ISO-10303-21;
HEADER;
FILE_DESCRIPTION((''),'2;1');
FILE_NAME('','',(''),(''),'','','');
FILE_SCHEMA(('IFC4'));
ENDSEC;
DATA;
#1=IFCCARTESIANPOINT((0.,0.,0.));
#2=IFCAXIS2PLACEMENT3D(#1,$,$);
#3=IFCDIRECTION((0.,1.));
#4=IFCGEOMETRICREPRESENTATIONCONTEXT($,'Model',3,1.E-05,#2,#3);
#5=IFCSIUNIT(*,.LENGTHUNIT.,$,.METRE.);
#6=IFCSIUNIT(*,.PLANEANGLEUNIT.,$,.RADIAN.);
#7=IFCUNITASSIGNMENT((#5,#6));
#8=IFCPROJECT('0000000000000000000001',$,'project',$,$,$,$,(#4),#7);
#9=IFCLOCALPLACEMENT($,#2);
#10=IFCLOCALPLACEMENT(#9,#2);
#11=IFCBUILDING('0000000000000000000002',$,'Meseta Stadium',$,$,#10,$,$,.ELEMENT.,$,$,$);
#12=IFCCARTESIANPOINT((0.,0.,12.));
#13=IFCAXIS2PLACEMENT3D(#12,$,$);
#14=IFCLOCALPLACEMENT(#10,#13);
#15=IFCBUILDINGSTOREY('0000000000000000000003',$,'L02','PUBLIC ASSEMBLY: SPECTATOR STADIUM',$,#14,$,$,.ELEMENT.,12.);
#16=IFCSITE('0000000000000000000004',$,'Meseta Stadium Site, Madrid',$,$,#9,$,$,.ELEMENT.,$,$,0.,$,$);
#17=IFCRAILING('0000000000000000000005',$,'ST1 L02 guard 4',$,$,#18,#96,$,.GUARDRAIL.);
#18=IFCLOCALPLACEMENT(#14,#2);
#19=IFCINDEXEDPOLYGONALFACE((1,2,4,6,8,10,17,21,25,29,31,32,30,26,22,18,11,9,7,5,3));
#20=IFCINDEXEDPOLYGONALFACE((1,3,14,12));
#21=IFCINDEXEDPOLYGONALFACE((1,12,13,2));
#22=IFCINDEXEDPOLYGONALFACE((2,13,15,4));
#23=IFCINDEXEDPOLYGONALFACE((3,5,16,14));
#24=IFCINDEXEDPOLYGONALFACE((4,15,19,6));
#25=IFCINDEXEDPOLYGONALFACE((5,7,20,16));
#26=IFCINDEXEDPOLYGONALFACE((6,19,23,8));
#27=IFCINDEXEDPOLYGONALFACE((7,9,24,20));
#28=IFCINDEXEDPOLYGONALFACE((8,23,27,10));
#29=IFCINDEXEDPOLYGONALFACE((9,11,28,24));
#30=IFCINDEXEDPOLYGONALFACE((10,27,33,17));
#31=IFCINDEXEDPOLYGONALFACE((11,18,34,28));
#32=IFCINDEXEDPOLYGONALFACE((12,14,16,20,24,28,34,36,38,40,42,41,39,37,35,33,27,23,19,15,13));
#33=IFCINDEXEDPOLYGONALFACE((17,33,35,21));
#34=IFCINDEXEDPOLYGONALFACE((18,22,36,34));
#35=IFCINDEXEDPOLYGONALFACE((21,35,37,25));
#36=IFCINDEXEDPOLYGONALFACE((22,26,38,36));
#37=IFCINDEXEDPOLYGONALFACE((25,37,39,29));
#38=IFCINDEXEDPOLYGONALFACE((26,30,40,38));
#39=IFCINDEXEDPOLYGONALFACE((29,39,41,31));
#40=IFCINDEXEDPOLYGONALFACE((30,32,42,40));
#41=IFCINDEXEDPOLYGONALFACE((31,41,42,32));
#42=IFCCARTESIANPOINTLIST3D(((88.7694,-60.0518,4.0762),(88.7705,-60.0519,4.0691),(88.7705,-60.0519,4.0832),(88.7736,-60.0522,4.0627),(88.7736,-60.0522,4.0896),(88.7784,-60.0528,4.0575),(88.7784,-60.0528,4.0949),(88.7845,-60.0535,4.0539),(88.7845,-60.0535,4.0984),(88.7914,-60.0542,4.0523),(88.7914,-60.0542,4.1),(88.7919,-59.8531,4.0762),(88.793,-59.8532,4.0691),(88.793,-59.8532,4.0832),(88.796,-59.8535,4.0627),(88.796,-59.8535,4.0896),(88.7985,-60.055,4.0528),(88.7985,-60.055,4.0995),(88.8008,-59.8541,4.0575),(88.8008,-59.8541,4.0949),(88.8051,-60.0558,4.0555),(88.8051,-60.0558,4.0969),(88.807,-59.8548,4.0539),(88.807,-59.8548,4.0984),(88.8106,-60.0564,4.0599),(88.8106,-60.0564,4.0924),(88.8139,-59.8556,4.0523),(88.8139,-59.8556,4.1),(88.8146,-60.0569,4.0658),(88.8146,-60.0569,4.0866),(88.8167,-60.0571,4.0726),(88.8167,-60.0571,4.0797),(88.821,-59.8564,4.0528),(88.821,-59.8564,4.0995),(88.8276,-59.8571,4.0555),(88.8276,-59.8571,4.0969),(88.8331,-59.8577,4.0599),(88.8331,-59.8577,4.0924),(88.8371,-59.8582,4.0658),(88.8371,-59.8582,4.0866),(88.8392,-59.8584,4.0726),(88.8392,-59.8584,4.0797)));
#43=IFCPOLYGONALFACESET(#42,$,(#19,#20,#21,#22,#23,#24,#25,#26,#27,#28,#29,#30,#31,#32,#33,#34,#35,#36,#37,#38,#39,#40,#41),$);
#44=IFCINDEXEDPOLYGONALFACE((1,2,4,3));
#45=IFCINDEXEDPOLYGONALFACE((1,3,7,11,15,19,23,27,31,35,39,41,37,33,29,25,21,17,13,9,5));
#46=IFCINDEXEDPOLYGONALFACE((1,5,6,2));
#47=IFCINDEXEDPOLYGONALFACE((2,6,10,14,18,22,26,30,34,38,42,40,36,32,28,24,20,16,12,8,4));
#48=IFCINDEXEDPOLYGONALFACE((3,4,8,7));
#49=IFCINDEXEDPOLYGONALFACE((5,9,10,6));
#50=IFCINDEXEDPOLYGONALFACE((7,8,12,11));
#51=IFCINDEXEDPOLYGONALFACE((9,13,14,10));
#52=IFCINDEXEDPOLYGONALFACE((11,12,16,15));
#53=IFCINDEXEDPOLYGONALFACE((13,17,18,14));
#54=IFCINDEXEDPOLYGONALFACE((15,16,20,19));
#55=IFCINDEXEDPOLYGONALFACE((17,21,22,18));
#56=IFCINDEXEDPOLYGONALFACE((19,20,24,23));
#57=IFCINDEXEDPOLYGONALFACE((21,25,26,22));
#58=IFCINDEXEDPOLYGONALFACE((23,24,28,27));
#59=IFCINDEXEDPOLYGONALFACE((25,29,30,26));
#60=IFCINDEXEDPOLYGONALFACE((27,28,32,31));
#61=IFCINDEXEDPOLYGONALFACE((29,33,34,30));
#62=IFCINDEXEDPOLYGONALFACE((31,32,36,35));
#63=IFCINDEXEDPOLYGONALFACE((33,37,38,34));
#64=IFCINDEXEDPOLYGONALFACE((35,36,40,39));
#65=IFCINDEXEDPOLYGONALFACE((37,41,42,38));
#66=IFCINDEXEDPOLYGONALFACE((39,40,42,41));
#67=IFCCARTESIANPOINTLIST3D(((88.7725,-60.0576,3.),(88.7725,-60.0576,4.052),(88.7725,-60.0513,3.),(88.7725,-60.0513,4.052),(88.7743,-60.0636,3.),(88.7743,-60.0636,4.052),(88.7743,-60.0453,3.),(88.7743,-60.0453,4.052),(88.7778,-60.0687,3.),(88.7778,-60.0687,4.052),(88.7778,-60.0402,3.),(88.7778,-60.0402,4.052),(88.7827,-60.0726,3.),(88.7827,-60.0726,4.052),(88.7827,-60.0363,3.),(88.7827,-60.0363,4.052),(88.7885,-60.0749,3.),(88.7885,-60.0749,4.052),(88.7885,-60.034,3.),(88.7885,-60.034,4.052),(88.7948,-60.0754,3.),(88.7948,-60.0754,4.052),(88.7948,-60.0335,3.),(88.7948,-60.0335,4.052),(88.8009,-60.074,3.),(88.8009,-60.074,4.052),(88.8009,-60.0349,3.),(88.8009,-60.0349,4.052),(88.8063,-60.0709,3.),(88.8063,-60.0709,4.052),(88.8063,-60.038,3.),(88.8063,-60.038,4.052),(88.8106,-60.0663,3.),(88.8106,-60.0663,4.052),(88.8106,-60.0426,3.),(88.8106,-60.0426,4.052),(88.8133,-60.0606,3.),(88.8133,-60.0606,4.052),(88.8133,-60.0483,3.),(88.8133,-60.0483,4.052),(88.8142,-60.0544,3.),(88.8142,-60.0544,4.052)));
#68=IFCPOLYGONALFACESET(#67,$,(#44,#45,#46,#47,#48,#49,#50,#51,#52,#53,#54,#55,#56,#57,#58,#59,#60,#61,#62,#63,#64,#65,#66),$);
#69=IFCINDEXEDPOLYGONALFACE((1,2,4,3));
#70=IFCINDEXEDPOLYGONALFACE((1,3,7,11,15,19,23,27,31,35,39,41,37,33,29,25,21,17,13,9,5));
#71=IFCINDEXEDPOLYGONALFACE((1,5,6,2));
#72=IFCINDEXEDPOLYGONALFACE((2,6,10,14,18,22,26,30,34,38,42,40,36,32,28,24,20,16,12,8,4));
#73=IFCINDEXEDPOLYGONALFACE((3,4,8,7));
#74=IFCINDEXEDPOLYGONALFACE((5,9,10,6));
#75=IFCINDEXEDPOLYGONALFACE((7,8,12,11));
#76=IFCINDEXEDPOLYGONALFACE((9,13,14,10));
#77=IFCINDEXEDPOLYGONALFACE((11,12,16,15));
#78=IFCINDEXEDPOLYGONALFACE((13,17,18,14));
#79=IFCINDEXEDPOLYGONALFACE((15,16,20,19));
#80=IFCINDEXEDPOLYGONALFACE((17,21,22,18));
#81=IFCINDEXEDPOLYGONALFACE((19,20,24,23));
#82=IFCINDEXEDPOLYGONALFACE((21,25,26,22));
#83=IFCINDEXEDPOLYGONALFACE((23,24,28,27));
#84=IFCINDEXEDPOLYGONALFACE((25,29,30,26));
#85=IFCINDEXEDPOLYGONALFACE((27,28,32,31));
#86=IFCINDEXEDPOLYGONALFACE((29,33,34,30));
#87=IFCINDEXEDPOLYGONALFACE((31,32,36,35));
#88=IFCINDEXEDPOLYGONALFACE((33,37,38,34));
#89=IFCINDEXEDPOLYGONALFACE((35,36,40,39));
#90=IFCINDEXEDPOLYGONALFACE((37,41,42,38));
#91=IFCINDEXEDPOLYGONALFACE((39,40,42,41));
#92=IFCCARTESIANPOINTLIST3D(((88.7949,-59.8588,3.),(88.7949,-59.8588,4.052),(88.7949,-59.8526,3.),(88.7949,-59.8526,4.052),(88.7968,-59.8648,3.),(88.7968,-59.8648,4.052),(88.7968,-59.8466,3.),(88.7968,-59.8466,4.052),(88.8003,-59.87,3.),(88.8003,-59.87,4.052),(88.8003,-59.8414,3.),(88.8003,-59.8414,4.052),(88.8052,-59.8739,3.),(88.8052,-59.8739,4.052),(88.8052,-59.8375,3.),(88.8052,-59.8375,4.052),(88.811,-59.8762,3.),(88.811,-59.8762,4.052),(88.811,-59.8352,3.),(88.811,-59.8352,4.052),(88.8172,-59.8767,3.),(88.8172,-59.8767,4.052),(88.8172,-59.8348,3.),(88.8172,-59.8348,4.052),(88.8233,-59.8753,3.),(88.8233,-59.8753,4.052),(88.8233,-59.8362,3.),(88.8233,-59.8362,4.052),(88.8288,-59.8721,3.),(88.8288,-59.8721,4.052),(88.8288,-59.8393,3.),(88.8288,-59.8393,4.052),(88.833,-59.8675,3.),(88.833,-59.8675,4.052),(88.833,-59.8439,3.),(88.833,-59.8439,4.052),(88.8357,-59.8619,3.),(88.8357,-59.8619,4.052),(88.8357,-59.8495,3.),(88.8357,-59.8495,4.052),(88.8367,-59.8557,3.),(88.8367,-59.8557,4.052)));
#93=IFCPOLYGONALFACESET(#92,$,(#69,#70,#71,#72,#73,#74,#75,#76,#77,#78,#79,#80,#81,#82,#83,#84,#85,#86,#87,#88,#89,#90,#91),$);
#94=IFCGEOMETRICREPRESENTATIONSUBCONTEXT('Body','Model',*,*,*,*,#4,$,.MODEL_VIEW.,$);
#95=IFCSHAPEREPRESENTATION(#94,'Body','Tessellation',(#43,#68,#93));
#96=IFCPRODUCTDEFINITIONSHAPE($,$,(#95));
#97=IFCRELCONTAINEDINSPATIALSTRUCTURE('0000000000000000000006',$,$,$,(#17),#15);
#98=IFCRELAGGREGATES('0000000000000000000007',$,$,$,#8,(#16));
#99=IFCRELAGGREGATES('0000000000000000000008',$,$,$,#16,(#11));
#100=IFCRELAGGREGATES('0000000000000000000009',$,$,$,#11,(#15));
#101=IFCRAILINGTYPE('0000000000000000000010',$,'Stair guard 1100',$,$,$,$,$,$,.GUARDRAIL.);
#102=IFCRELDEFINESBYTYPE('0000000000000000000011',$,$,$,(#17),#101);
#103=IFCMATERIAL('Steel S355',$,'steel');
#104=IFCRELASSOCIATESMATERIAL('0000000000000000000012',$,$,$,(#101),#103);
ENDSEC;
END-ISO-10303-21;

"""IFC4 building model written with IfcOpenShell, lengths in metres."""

from ifc_helpers import new_model, si_unit, direction, frame, origin, origin_2d, place, context, subcontext, project, spatial, circle, extrude, material, type_object, element, save


model = new_model("IFC4")

# Units and contexts
model_context = context("Model", 3, precision=1e-05, world=origin(), true_north=direction((0.0, 1.0)))
body_context = subcontext(model_context, "Body", "Model", "MODEL_VIEW")
ifc_project = project(units=[si_unit("LENGTHUNIT", "METRE"), si_unit("PLANEANGLEUNIT", "RADIAN")], contexts=[model_context])

# Site, building, storey
site_placement = place(None, origin())
site = spatial("IfcSite", under=ifc_project, at=site_placement, Name="Meseta Stadium Site, Madrid", CompositionType="ELEMENT", RefElevation=0.0)
building_placement = place(site_placement, origin())
building = spatial("IfcBuilding", under=site, at=building_placement, Name="Meseta Stadium", CompositionType="ELEMENT")
storey_placement = place(building_placement, frame((0.0, 0.0, 12.0)))
storey = spatial("IfcBuildingStorey", under=building, at=storey_placement, Name="L02", Description="PUBLIC ASSEMBLY: SPECTATOR STADIUM", CompositionType="ELEMENT", Elevation=12.0)

# Railing
ifc_material_1 = material(Name="Steel S355", Category="steel")
railing_type_1 = type_object("IfcRailingType", Name="Stair guard 1100", PredefinedType="GUARDRAIL", material=ifc_material_1)
railing_1_placement = place(storey_placement, frame((88.7932, -60.0544, 3.0)))
element("IfcRailing", 1, at=railing_1_placement, inside=storey, type_object=railing_type_1, Name="ST1 L02 guard 4", PredefinedType="GUARDRAIL", context=body_context, shape_type="SweptSolid", body=[
    extrude(circle(Radius=0.0239, at=origin_2d()), frame((0.0, 0.0, 1.0762), z_axis=(0.112307, 0.993674, 0.0), x_axis=(-0.993674, 0.112307, 0.0)), (0.0, 0.0, 1.0), 0.2),
    extrude(circle(Radius=0.021, at=origin_2d()), origin(), (0.0, 0.0, 1.0), 1.052),
    extrude(circle(Radius=0.021, at=origin_2d()), frame((0.0225, 0.1987, 0.0)), (0.0, 0.0, 1.0), 1.052),
])

save(model, "model.ifc")
